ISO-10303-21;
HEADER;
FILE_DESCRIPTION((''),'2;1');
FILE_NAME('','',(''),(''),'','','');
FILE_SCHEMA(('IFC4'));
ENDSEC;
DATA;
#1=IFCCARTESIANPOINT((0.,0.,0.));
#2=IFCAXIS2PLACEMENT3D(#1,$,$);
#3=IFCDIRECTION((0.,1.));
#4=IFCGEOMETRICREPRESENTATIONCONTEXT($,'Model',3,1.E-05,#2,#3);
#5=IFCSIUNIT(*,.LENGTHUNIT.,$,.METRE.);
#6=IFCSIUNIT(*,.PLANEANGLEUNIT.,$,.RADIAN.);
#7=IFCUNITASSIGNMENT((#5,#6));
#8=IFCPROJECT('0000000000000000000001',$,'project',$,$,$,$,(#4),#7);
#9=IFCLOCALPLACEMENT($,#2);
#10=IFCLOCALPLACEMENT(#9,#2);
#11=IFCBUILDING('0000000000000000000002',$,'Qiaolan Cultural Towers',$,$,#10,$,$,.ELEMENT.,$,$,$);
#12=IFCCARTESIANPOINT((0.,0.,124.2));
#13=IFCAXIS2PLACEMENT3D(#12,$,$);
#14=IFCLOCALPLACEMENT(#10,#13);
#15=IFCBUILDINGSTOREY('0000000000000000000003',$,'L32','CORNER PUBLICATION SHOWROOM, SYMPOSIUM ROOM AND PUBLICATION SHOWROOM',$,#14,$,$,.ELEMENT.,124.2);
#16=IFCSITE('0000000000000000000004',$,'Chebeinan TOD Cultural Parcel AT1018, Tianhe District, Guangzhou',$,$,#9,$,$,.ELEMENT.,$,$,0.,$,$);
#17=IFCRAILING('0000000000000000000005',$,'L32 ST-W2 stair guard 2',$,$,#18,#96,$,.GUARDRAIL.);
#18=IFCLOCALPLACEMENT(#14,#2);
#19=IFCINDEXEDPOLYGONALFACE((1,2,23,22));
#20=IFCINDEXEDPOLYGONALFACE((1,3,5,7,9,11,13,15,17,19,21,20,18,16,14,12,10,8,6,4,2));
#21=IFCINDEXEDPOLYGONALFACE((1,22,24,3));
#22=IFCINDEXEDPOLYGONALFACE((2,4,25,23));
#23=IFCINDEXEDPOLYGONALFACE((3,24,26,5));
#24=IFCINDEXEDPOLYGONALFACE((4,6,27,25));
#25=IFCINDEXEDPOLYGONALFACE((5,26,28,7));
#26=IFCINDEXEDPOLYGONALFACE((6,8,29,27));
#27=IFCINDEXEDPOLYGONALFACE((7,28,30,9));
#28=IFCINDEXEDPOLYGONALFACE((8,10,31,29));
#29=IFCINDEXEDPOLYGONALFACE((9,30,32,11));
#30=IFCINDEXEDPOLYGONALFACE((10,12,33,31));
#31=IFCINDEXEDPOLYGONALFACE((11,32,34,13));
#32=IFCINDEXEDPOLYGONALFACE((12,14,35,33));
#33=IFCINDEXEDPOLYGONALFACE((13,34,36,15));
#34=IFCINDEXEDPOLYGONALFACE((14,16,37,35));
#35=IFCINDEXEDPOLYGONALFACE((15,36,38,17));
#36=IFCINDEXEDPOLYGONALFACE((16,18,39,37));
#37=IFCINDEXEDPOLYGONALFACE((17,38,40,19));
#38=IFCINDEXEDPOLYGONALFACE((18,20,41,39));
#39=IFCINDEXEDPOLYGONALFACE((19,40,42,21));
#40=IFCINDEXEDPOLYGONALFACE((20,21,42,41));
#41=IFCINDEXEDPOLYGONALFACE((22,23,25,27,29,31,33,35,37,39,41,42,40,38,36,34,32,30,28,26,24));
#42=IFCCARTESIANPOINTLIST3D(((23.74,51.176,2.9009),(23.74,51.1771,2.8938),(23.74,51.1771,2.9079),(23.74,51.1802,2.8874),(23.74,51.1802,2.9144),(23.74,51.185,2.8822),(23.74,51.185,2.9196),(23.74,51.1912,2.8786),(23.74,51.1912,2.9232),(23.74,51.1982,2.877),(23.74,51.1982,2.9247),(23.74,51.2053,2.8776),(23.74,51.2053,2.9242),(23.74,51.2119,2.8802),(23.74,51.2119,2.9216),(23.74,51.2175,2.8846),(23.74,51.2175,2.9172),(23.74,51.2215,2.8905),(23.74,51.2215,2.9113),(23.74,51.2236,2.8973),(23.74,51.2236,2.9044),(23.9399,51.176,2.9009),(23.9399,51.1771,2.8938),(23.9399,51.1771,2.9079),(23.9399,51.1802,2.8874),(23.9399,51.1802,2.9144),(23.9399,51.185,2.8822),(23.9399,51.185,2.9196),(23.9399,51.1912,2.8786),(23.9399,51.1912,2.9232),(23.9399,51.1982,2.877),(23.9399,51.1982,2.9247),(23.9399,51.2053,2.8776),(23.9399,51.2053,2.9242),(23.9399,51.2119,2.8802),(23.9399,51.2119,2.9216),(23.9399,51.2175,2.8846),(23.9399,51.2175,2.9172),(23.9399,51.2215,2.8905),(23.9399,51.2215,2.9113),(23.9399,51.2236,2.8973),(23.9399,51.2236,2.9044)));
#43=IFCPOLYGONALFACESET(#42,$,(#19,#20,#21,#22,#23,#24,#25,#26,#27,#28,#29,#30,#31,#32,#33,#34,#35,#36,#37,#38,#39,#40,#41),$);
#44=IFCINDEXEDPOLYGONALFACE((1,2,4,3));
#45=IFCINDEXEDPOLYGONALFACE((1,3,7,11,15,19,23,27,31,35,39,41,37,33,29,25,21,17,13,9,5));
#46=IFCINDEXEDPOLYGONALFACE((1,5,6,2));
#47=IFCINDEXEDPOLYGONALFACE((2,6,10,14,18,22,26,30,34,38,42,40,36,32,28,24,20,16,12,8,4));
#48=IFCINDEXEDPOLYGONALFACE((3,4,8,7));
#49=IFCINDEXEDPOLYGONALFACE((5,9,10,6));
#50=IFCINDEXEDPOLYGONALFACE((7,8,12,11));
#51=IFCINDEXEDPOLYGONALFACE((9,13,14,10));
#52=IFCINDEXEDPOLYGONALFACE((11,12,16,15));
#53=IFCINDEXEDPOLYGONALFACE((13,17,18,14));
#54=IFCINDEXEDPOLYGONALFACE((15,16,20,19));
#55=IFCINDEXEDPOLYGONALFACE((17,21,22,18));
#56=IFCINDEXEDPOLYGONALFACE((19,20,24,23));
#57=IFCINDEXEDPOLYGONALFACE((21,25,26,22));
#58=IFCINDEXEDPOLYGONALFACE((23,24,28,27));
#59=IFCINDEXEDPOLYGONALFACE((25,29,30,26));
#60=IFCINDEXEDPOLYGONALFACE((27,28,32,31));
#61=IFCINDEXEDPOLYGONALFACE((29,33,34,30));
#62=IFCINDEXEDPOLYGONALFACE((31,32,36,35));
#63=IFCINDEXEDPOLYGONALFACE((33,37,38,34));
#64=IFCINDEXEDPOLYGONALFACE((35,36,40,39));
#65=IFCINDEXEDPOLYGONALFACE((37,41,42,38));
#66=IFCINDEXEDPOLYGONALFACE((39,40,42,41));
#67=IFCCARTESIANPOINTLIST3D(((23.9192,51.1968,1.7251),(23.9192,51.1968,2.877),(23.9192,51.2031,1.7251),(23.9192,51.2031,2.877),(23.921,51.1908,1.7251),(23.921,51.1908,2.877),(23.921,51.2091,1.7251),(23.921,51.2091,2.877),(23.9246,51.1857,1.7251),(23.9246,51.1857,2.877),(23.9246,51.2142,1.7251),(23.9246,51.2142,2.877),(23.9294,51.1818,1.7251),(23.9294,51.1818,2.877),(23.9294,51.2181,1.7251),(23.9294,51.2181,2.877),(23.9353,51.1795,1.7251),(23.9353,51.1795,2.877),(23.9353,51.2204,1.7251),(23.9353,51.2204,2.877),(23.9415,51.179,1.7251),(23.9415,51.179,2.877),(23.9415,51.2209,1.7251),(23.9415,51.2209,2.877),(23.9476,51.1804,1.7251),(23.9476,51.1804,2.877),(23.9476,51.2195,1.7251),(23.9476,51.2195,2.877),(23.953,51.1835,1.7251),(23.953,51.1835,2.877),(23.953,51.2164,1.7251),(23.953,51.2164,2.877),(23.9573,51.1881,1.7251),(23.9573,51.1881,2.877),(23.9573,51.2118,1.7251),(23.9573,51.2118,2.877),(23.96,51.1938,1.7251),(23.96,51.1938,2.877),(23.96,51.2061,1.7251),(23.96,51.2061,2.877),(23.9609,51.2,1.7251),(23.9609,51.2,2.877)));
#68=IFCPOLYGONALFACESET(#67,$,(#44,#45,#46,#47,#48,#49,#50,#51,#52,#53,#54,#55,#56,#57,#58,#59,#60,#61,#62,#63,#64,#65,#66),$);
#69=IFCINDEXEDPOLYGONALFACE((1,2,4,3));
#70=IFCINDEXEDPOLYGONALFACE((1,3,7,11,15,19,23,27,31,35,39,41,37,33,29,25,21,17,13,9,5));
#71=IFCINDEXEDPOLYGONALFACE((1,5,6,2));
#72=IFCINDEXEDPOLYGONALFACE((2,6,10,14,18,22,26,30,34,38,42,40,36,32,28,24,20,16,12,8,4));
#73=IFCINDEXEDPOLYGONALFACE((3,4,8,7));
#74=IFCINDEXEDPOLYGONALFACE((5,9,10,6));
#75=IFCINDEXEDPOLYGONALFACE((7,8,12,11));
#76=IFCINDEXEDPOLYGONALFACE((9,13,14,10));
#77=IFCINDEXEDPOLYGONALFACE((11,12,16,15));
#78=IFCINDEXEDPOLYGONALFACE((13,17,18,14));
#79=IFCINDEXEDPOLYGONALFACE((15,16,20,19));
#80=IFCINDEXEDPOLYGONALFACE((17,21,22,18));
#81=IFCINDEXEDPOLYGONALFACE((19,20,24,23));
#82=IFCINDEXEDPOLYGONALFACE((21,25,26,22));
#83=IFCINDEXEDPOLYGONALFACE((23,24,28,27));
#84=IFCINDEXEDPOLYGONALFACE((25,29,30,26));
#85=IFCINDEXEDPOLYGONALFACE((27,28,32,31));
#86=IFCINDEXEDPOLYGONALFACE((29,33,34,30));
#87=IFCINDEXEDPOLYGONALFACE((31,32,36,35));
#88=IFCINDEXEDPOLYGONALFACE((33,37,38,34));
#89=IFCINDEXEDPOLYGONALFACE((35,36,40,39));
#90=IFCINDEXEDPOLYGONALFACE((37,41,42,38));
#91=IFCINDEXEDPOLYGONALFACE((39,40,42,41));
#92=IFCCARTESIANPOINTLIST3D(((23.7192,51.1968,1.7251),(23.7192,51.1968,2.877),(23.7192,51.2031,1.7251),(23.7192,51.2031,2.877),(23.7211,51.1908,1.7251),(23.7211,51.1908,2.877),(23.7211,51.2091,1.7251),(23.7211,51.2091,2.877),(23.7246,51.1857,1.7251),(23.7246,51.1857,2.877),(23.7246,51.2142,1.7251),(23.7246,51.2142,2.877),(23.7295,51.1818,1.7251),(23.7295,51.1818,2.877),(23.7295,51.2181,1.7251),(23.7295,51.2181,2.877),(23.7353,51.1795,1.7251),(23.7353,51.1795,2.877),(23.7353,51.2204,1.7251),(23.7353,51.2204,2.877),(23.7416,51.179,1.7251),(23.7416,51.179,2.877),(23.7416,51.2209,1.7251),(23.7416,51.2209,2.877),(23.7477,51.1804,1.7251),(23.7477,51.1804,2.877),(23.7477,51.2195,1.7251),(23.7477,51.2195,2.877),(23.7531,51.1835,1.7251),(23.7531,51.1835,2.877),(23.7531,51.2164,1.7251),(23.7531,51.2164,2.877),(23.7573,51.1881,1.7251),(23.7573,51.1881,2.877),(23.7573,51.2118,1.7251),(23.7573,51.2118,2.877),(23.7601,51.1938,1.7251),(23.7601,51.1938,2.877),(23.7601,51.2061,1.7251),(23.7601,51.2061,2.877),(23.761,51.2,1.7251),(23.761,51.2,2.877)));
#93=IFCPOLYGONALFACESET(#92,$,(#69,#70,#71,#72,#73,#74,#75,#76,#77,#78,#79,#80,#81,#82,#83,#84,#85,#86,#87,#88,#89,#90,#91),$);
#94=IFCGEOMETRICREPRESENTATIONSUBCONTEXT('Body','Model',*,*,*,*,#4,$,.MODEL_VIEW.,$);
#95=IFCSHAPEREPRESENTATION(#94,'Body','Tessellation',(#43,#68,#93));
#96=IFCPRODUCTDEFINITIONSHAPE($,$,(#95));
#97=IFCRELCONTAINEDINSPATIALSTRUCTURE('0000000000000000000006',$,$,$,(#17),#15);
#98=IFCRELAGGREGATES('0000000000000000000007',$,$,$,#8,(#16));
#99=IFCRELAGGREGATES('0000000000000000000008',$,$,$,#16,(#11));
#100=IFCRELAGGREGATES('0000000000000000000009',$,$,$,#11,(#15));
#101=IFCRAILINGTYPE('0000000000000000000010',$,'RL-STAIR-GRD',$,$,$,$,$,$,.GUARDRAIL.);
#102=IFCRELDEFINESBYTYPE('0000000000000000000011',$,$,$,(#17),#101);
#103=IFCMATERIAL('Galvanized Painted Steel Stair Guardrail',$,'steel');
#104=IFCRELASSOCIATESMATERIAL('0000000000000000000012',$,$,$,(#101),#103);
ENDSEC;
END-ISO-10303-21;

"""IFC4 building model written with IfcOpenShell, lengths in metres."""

from ifc_helpers import new_model, si_unit, direction, frame, origin, origin_2d, place, context, subcontext, project, spatial, circle, extrude, material, type_object, element, save


model = new_model("IFC4")

# Units and contexts
model_context = context("Model", 3, precision=1e-05, world=origin(), true_north=direction((0.0, 1.0)))
body_context = subcontext(model_context, "Body", "Model", "MODEL_VIEW")
ifc_project = project(units=[si_unit("LENGTHUNIT", "METRE"), si_unit("PLANEANGLEUNIT", "RADIAN")], contexts=[model_context])

# Site, building, storey
site_placement = place(None, origin())
site = spatial("IfcSite", under=ifc_project, at=site_placement, Name="Chebeinan TOD Cultural Parcel AT1018, Tianhe District, Guangzhou", CompositionType="ELEMENT", RefElevation=0.0)
building_placement = place(site_placement, origin())
building = spatial("IfcBuilding", under=site, at=building_placement, Name="Qiaolan Cultural Towers", CompositionType="ELEMENT")
storey_placement = place(building_placement, frame((0.0, 0.0, 124.2)))
storey = spatial("IfcBuildingStorey", under=building, at=storey_placement, Name="L32", Description="CORNER PUBLICATION SHOWROOM, SYMPOSIUM ROOM AND PUBLICATION SHOWROOM", CompositionType="ELEMENT", Elevation=124.2)

# Railing
ifc_material_1 = material(Name="Galvanized Painted Steel Stair Guardrail", Category="steel")
railing_type_1 = type_object("IfcRailingType", Name="RL-STAIR-GRD", PredefinedType="GUARDRAIL", material=ifc_material_1)
railing_1_placement = place(storey_placement, frame((23.9399, 51.2, 1.7251)))
element("IfcRailing", 1, at=railing_1_placement, inside=storey, type_object=railing_type_1, Name="L32 ST-W2 stair guard 2", PredefinedType="GUARDRAIL", context=body_context, shape_type="SweptSolid", body=[
    extrude(circle(Radius=0.0239, at=origin_2d()), frame((0.0, 0.0, 1.1758), z_axis=(-1.0, 0.0, 0.0), x_axis=(0.0, -1.0, 0.0)), (0.0, 0.0, 1.0), 0.2),
    extrude(circle(Radius=0.021, at=origin_2d()), origin(), (0.0, 0.0, 1.0), 1.1519),
    extrude(circle(Radius=0.021, at=origin_2d()), frame((-0.2, 0.0, 0.0)), (0.0, 0.0, 1.0), 1.1519),
])

save(model, "model.ifc")
